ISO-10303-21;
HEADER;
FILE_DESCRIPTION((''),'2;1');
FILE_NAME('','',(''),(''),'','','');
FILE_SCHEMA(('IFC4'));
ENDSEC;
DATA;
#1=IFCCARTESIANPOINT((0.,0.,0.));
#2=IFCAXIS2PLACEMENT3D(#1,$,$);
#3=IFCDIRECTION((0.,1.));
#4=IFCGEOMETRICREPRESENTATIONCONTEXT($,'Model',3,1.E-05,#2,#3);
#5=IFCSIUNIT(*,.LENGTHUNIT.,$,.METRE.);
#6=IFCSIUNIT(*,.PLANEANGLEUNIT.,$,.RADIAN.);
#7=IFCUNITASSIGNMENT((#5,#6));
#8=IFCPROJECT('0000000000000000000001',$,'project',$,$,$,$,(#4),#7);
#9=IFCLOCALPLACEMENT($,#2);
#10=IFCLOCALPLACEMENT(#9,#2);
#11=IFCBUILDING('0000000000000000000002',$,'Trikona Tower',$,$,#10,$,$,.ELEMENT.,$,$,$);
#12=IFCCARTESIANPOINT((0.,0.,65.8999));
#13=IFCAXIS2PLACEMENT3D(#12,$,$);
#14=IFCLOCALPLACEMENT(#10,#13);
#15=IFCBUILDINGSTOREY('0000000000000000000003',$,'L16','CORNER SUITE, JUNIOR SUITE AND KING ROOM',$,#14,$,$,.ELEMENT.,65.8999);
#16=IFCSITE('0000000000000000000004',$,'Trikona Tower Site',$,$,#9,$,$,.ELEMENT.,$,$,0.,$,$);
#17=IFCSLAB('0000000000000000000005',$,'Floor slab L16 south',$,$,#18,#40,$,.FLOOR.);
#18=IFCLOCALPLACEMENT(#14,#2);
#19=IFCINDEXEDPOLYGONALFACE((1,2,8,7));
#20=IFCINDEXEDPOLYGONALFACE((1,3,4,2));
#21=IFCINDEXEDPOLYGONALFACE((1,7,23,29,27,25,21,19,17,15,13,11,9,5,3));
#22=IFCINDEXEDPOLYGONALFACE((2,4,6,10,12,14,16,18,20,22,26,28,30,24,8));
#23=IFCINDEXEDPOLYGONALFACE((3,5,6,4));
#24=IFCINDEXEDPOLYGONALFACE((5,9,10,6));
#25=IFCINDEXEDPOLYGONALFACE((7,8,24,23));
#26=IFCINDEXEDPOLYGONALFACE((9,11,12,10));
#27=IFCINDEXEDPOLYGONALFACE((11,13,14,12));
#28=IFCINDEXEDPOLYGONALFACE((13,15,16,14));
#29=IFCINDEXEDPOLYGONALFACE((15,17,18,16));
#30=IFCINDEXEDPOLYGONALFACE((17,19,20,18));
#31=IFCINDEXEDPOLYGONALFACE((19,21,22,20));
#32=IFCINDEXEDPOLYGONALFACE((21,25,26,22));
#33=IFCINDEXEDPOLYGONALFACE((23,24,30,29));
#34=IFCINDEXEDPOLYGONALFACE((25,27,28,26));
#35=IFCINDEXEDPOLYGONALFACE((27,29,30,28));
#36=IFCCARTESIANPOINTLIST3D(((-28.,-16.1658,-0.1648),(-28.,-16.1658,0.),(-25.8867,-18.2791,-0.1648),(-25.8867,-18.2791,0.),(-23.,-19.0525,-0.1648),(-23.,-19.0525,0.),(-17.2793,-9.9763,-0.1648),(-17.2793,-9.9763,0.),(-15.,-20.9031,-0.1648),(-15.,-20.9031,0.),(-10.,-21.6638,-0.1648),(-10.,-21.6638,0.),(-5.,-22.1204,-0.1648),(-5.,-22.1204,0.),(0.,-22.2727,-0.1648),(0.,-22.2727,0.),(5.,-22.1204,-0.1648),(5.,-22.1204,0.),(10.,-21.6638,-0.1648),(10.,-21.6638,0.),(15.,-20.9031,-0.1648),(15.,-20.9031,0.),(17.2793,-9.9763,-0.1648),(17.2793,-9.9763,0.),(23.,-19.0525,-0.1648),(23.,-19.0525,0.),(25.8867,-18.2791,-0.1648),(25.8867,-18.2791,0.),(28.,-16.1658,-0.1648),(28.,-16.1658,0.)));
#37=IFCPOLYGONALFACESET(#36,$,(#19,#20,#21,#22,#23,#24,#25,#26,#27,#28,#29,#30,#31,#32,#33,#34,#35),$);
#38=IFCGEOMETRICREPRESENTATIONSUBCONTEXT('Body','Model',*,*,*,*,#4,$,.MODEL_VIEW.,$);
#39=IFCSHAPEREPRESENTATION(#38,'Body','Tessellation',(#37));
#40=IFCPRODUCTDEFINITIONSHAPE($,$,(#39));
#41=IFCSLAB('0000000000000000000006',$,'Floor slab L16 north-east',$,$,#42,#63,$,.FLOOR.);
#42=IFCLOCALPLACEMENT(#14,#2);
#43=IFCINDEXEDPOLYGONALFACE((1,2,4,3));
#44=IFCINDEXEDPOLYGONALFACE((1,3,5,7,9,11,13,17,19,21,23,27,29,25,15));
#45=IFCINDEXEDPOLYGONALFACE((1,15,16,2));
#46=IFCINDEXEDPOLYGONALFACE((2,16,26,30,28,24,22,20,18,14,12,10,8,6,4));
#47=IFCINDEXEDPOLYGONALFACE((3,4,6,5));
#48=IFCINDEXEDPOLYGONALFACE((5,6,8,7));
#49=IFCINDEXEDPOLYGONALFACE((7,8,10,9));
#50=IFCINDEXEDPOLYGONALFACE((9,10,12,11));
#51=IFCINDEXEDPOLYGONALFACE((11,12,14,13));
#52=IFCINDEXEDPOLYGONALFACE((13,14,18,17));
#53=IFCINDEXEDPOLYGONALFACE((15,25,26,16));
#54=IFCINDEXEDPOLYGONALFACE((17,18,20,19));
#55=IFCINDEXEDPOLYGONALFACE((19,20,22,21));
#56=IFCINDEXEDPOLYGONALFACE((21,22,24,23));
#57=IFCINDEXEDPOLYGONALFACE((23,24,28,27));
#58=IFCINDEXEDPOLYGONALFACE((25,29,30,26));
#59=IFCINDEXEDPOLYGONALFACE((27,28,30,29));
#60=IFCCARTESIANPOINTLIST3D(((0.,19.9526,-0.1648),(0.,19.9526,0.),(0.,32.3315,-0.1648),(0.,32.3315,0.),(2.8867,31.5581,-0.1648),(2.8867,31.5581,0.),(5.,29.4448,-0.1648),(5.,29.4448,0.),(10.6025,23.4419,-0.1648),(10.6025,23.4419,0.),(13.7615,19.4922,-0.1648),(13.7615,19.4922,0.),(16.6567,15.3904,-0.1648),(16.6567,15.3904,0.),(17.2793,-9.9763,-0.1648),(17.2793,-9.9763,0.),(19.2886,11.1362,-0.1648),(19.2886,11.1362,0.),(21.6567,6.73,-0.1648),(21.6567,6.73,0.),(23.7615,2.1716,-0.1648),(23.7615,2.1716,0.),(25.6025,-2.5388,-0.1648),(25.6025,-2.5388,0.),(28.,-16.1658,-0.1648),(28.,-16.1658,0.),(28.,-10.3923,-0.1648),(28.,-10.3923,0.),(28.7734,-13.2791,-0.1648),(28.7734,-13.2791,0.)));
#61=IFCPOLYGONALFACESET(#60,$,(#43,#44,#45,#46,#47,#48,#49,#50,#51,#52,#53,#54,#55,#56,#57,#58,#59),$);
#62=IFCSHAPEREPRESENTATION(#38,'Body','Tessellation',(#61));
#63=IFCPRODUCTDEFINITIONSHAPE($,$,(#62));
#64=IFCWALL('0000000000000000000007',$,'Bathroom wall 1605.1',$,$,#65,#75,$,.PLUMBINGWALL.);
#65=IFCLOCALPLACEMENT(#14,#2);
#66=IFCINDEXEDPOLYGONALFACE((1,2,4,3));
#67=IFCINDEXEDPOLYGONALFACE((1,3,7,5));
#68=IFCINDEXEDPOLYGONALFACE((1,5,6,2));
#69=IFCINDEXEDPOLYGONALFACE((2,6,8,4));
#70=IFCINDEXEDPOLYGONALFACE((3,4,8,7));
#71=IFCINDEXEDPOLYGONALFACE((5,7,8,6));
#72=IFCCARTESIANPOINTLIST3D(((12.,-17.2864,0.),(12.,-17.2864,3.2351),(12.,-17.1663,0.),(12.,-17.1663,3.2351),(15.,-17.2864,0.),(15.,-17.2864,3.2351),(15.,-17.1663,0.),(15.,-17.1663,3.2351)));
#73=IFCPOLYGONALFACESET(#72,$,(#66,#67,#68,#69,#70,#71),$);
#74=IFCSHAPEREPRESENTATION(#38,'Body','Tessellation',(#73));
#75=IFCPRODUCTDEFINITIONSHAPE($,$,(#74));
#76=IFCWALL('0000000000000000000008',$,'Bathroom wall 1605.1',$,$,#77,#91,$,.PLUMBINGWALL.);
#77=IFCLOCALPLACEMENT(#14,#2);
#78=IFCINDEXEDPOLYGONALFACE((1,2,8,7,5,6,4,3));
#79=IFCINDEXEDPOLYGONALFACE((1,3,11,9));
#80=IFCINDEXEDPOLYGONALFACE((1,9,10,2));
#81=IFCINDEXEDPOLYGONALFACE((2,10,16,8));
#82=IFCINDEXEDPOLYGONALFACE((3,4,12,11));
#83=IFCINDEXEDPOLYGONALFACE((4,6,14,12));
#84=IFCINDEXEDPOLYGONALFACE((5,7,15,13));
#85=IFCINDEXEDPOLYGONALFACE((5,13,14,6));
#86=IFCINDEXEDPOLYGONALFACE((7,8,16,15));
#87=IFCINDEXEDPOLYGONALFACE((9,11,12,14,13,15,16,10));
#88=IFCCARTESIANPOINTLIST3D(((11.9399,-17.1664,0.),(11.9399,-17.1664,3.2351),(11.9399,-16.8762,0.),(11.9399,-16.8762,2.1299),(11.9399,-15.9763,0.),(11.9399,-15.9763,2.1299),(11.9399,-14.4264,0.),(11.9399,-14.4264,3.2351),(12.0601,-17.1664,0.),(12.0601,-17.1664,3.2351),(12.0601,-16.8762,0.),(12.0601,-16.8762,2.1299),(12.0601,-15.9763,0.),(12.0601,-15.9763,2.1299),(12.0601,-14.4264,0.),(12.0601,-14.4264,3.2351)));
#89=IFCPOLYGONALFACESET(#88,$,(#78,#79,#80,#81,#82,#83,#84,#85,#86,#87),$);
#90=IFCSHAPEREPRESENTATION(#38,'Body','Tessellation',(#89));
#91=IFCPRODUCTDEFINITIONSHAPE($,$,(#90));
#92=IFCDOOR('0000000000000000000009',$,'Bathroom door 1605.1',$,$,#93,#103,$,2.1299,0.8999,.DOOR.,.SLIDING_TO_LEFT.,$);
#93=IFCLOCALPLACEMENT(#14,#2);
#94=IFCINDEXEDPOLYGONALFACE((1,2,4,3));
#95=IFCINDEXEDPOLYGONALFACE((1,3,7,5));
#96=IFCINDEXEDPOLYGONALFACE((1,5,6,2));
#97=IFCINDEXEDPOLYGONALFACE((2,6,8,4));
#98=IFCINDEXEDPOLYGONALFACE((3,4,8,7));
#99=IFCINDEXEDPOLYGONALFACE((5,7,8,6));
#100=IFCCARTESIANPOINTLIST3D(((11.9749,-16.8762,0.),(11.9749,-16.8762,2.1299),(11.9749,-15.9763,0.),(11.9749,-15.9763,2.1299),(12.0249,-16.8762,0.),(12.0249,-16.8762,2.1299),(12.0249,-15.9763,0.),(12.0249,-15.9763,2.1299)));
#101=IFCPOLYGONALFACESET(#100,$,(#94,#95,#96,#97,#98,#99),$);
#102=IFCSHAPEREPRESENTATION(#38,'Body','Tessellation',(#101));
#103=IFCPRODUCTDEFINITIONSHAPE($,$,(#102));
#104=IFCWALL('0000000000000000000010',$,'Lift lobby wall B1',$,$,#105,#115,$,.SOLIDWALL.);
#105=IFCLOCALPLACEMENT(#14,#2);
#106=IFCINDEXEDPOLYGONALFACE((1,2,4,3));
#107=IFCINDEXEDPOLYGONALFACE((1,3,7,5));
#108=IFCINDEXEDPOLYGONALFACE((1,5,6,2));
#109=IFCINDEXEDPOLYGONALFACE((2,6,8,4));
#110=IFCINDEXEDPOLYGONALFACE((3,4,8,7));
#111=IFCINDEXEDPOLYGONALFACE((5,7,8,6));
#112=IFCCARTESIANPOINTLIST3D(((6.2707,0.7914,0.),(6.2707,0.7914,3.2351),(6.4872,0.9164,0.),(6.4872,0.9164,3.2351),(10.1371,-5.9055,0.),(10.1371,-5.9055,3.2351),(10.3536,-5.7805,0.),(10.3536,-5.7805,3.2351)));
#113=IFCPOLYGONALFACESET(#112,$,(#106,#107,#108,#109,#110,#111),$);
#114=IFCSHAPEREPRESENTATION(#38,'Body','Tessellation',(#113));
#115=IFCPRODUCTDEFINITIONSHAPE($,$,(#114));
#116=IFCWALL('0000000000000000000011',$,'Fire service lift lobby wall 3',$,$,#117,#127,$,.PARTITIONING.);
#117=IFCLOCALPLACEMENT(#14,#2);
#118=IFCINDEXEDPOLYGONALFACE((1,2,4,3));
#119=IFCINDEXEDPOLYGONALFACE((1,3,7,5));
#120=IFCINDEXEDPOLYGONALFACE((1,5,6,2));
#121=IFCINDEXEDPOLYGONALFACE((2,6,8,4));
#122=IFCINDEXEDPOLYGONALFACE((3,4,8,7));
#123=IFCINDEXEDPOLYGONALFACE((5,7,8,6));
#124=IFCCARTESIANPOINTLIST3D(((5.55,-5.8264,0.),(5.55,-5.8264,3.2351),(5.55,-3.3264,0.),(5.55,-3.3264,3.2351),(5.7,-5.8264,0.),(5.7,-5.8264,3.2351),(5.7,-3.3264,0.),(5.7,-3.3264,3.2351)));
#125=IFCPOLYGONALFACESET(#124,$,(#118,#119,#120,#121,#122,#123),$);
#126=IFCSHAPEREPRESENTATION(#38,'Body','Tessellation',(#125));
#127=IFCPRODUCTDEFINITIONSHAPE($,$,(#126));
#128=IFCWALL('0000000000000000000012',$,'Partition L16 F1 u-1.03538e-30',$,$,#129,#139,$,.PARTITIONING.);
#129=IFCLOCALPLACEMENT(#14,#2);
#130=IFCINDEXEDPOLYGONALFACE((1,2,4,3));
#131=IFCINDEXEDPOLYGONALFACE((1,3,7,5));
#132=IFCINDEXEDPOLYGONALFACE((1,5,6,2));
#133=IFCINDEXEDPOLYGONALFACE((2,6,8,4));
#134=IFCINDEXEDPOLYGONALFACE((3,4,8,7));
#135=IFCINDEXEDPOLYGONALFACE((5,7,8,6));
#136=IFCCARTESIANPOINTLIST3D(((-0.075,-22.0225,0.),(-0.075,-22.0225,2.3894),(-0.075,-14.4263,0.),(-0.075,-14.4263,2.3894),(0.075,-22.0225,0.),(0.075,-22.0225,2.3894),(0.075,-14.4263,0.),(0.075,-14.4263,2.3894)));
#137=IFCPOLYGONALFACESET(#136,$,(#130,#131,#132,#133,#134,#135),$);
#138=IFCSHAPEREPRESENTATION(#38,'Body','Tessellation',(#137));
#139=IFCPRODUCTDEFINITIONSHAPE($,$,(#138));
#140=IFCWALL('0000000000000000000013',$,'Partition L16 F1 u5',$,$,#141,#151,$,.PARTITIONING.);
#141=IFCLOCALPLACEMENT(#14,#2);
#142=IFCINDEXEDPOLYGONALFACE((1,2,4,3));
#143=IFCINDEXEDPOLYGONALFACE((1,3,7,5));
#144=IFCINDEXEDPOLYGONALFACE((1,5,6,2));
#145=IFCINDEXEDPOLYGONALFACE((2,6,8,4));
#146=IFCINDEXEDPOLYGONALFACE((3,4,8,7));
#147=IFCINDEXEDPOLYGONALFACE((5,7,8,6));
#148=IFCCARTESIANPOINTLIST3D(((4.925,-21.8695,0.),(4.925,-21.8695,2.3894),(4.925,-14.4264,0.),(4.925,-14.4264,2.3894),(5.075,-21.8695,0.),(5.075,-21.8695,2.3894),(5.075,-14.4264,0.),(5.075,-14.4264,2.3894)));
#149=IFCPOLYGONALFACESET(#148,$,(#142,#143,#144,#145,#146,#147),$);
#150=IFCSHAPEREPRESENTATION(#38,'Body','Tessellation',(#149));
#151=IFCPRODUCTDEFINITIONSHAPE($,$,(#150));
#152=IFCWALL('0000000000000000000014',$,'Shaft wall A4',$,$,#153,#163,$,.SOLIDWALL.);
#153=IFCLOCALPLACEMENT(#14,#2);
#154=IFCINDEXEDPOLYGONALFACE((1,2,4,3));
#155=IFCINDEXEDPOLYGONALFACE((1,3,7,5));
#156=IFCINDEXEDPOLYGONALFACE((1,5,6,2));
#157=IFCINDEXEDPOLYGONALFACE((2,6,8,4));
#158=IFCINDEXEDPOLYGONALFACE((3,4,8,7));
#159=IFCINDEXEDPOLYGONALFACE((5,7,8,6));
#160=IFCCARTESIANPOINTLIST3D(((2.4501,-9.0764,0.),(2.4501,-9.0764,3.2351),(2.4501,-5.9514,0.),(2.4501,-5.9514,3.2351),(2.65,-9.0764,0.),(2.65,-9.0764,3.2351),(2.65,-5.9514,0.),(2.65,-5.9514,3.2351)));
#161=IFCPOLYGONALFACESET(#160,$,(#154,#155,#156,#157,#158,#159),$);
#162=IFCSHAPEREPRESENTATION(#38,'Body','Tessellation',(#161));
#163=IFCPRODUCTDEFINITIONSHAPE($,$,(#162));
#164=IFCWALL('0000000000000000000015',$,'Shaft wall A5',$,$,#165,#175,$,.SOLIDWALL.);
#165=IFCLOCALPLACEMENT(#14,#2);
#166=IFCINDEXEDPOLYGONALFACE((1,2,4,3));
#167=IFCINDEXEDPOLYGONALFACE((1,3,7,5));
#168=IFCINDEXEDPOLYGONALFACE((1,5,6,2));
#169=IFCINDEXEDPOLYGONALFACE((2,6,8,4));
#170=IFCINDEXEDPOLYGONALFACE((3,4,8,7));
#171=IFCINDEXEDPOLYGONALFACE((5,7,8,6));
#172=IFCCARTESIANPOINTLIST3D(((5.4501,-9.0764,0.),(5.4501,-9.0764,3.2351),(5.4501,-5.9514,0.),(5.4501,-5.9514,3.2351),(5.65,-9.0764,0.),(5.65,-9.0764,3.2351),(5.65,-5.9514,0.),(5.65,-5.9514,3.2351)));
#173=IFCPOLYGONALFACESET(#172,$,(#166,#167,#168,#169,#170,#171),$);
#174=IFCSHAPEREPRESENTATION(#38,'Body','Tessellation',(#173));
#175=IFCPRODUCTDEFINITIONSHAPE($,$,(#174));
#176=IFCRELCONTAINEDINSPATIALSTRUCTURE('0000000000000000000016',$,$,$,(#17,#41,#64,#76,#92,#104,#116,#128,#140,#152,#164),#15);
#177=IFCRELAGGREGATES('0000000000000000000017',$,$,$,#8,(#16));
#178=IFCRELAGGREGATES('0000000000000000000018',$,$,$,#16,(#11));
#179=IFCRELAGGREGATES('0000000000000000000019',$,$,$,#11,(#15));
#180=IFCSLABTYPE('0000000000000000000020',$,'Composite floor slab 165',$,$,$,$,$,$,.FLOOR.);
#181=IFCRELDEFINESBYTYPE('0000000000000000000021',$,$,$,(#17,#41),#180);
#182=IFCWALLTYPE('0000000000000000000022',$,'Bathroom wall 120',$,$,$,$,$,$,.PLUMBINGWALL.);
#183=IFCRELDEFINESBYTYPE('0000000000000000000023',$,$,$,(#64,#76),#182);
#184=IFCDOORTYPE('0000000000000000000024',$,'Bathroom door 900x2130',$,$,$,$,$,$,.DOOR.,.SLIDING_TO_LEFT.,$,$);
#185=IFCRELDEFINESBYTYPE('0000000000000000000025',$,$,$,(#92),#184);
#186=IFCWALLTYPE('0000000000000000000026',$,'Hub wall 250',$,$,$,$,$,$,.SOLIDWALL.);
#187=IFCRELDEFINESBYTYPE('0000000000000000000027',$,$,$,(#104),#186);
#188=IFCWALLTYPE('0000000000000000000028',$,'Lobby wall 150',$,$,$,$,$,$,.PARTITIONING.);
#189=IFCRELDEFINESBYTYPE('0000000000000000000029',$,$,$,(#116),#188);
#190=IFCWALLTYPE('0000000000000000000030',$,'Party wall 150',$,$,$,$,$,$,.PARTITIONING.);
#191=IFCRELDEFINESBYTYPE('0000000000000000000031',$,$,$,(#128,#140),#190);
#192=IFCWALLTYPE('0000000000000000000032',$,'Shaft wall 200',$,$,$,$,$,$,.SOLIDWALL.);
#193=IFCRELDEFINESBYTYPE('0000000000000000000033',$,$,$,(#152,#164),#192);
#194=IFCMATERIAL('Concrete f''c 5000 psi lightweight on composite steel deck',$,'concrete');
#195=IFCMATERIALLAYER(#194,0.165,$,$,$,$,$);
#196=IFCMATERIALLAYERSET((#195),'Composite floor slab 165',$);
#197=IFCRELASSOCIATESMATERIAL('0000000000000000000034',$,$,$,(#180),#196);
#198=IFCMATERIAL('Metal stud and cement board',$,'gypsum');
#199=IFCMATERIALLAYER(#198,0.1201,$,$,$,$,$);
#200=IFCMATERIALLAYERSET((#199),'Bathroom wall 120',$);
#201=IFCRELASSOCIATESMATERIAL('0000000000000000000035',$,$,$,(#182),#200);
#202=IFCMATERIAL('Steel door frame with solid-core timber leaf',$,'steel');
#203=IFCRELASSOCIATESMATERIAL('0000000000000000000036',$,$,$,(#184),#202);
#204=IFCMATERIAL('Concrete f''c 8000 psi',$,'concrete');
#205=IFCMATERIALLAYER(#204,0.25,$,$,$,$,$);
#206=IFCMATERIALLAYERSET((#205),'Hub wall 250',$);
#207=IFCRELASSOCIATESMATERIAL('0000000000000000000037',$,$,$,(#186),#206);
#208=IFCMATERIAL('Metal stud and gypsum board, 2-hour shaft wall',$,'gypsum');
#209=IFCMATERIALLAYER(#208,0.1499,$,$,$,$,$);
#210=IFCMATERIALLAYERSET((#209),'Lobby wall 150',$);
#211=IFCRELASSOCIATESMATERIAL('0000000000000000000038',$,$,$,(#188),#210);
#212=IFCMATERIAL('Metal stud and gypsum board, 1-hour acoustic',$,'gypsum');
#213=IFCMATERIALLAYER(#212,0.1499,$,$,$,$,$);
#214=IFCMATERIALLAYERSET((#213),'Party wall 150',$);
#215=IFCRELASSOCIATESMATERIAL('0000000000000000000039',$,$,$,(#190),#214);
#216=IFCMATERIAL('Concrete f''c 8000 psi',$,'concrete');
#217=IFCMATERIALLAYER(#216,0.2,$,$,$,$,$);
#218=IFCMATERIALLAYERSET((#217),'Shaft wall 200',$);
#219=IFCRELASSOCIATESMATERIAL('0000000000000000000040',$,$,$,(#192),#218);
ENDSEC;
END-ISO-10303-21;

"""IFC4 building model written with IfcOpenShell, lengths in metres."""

from ifc_helpers import new_model, si_unit, direction, frame, frame_2d, origin, place, context, subcontext, project, spatial, polyline, rectangle, outline, extrude, material, layer, layer_set, type_object, element, fill, save


model = new_model("IFC4")

# Units and contexts
model_context = context("Model", 3, precision=1e-05, world=origin(), true_north=direction((0.0, 1.0)))
body_context = subcontext(model_context, "Body", "Model", "MODEL_VIEW")
ifc_project = project(units=[si_unit("LENGTHUNIT", "METRE"), si_unit("PLANEANGLEUNIT", "RADIAN")], contexts=[model_context])

# Site, building, storey
site_placement = place(None, origin())
site = spatial("IfcSite", under=ifc_project, at=site_placement, Name="Trikona Tower Site", CompositionType="ELEMENT", RefElevation=0.0)
building_placement = place(site_placement, origin())
building = spatial("IfcBuilding", under=site, at=building_placement, Name="Trikona Tower", CompositionType="ELEMENT")
storey_placement = place(building_placement, frame((0.0, 0.0, 65.8999)))
storey = spatial("IfcBuildingStorey", under=building, at=storey_placement, Name="L16", Description="CORNER SUITE, JUNIOR SUITE AND KING ROOM", CompositionType="ELEMENT", Elevation=65.8999)

# Slabs
ifc_material_1 = material(Name="Concrete f'c 5000 psi lightweight on composite steel deck", Category="concrete")
ifc_layer_1 = layer(ifc_material_1, 0.165)
ifc_layer_set_1 = layer_set([ifc_layer_1], Name="Composite floor slab 165")
slab_type = type_object("IfcSlabType", Name="Composite floor slab 165", PredefinedType="FLOOR", material=ifc_layer_set_1)
slab_1_placement = place(storey_placement, frame((0.0, 0.0, -0.1648)))
element("IfcSlab", 1, at=slab_1_placement, inside=storey, type_object=slab_type, Name="Floor slab L16 south", PredefinedType="FLOOR", context=body_context, shape_type="SweptSolid", body=[
    extrude(outline(polyline([(25.8867, -18.2791), (28.0, -16.1658), (17.2793, -9.9763), (-17.2793, -9.9763), (-28.0, -16.1658), (-25.8867, -18.2791), (-23.0, -19.0525), (-15.0, -20.9031), (-10.0, -21.6638), (-5.0, -22.1204), (0.0, -22.2727), (5.0, -22.1204), (10.0, -21.6638), (15.0, -20.9031), (23.0, -19.0525), (25.8867, -18.2791)])), origin(), (0.0, 0.0, 1.0), 0.1648),
])
slab_2_placement = place(storey_placement, frame((0.0, 0.0, -0.1648)))
element("IfcSlab", 2, at=slab_2_placement, inside=storey, type_object=slab_type, Name="Floor slab L16 north-east", PredefinedType="FLOOR", context=body_context, shape_type="SweptSolid", body=[
    extrude(outline(polyline([(2.8867, 31.5581), (0.0, 32.3315), (0.0, 19.9526), (17.2793, -9.9763), (28.0, -16.1658), (28.7734, -13.2791), (28.0, -10.3923), (25.6025, -2.5388), (23.7615, 2.1716), (21.6567, 6.73), (19.2886, 11.1362), (16.6567, 15.3904), (13.7615, 19.4922), (10.6025, 23.4419), (5.0, 29.4448), (2.8867, 31.5581)])), origin(), (0.0, 0.0, 1.0), 0.1648),
])

# Wall
ifc_material_2 = material(Name="Metal stud and cement board", Category="gypsum")
ifc_layer_2 = layer(ifc_material_2, 0.1201)
ifc_layer_set_2 = layer_set([ifc_layer_2], Name="Bathroom wall 120")
wall_type_1 = type_object("IfcWallType", Name="Bathroom wall 120", PredefinedType="PLUMBINGWALL", material=ifc_layer_set_2)
wall_1_placement = place(storey_placement, frame((12.0, -17.2263, 0.0), z_axis=(0.0, 0.0, 1.0), x_axis=(1.0, 0.0, 0.0)))
element("IfcWall", 3, at=wall_1_placement, inside=storey, type_object=wall_type_1, Name="Bathroom wall 1605.1", PredefinedType="PLUMBINGWALL", context=body_context, shape_type="SweptSolid", body=[
    extrude(rectangle(XDim=3.0, YDim=0.1201, at=frame_2d((1.5, 0.0))), origin(), (0.0, 0.0, 1.0), 3.2351),
])

# Wall, opening, door
wall_2_placement = place(storey_placement, frame((12.0, -14.4263, 0.0), z_axis=(0.0, 0.0, 1.0), x_axis=(0.0, -1.0, 0.0)))
wall_2 = element("IfcWall", 4, at=wall_2_placement, inside=storey, type_object=wall_type_1, Name="Bathroom wall 1605.1", PredefinedType="PLUMBINGWALL", context=body_context, shape_type="SweptSolid", body=[
    extrude(rectangle(XDim=2.74, YDim=0.1201, at=frame_2d((1.3701, 0.0))), origin(), (0.0, 0.0, 1.0), 3.2351),
])
opening_1_placement = place(wall_2_placement, frame((1.55, 0.0, 0.0)))
opening_1 = element("IfcOpeningElement", 5, at=opening_1_placement, cuts=wall_2, PredefinedType="OPENING", context=body_context, shape_type="SweptSolid", body=[
    extrude(rectangle(XDim=0.8999, YDim=2.1299, at=frame_2d((0.45, 1.0649))), frame((0.0, 0.0701, 0.0), z_axis=(0.0, -1.0, 0.0), x_axis=(1.0, 0.0, 0.0)), (0.0, 0.0, 1.0), 0.1401),
])
ifc_material_3 = material(Name="Steel door frame with solid-core timber leaf", Category="steel")
door_type_1 = type_object("IfcDoorType", Name="Bathroom door 900x2130", OperationType="SLIDING_TO_LEFT", PredefinedType="DOOR", material=ifc_material_3)
door_1_placement = place(opening_1_placement, origin())
door_1 = element("IfcDoor", 6, at=door_1_placement, inside=storey, type_object=door_type_1, Name="Bathroom door 1605.1", OperationType="SLIDING_TO_LEFT", OverallHeight=2.1299, OverallWidth=0.8999, PredefinedType="DOOR", context=body_context, shape_type="SweptSolid", body=[
    extrude(rectangle(XDim=0.8999, YDim=2.1299, at=frame_2d((0.45, 1.0649))), frame((0.0, 0.0249, 0.0), z_axis=(0.0, -1.0, 0.0), x_axis=(1.0, 0.0, 0.0)), (0.0, 0.0, 1.0), 0.05),
])
fill(opening_1, door_1)

# Walls
ifc_material_4 = material(Name="Concrete f'c 8000 psi", Category="concrete")
ifc_layer_3 = layer(ifc_material_4, 0.25)
ifc_layer_set_3 = layer_set([ifc_layer_3], Name="Hub wall 250")
wall_type_2 = type_object("IfcWallType", Name="Hub wall 250", PredefinedType="SOLIDWALL", material=ifc_layer_set_3)
wall_3_placement = place(storey_placement, frame((10.2454, -5.843, 0.0), z_axis=(0.0, 0.0, 1.0), x_axis=(-0.499993, 0.866029, 0.0)))
element("IfcWall", 7, at=wall_3_placement, inside=storey, type_object=wall_type_2, Name="Lift lobby wall B1", PredefinedType="SOLIDWALL", context=body_context, shape_type="SweptSolid", body=[
    extrude(rectangle(XDim=7.7329, YDim=0.25, at=frame_2d((3.8665, 0.0))), origin(), (0.0, 0.0, 1.0), 3.2351),
])
ifc_material_5 = material(Name="Metal stud and gypsum board, 2-hour shaft wall", Category="gypsum")
ifc_layer_4 = layer(ifc_material_5, 0.1499)
ifc_layer_set_4 = layer_set([ifc_layer_4], Name="Lobby wall 150")
wall_type_3 = type_object("IfcWallType", Name="Lobby wall 150", PredefinedType="PARTITIONING", material=ifc_layer_set_4)
wall_4_placement = place(storey_placement, frame((5.625, -5.8264, 0.0), z_axis=(0.0, 0.0, 1.0), x_axis=(0.0, 1.0, 0.0)))
element("IfcWall", 8, at=wall_4_placement, inside=storey, type_object=wall_type_3, Name="Fire service lift lobby wall 3", PredefinedType="PARTITIONING", context=body_context, shape_type="SweptSolid", body=[
    extrude(rectangle(XDim=2.5, YDim=0.1499, at=frame_2d((1.25, 0.0))), origin(), (0.0, 0.0, 1.0), 3.2351),
])
ifc_material_6 = material(Name="Metal stud and gypsum board, 1-hour acoustic", Category="gypsum")
ifc_layer_5 = layer(ifc_material_6, 0.1499)
ifc_layer_set_5 = layer_set([ifc_layer_5], Name="Party wall 150")
wall_type_4 = type_object("IfcWallType", Name="Party wall 150", PredefinedType="PARTITIONING", material=ifc_layer_set_5)
wall_5_placement = place(storey_placement, frame((0.0, -14.4263, 0.0), z_axis=(0.0, 0.0, 1.0), x_axis=(0.0, -1.0, 0.0)))
element("IfcWall", 9, at=wall_5_placement, inside=storey, type_object=wall_type_4, Name="Partition L16 F1 u-1.03538e-30", PredefinedType="PARTITIONING", context=body_context, shape_type="SweptSolid", body=[
    extrude(rectangle(XDim=7.5962, YDim=0.1499, at=frame_2d((3.7981, 0.0))), origin(), (0.0, 0.0, 1.0), 2.3894),
])
wall_6_placement = place(storey_placement, frame((5.0, -14.4263, 0.0), z_axis=(0.0, 0.0, 1.0), x_axis=(0.0, -1.0, 0.0)))
element("IfcWall", 10, at=wall_6_placement, inside=storey, type_object=wall_type_4, Name="Partition L16 F1 u5", PredefinedType="PARTITIONING", context=body_context, shape_type="SweptSolid", body=[
    extrude(rectangle(XDim=7.4431, YDim=0.1499, at=frame_2d((3.7217, 0.0))), origin(), (0.0, 0.0, 1.0), 2.3894),
])
ifc_material_7 = material(Name="Concrete f'c 8000 psi", Category="concrete")
ifc_layer_6 = layer(ifc_material_7, 0.2)
ifc_layer_set_6 = layer_set([ifc_layer_6], Name="Shaft wall 200")
wall_type_5 = type_object("IfcWallType", Name="Shaft wall 200", PredefinedType="SOLIDWALL", material=ifc_layer_set_6)
for number, where, z_axis, x_axis, name in (
    (11, (2.55, -5.9514, 0.0), (0.0, 0.0, 1.0), (0.0, -1.0, 0.0), "Shaft wall A4"),
    (12, (5.55, -5.9514, 0.0), (0.0, 0.0, 1.0), (0.0, -1.0, 0.0), "Shaft wall A5"),
):
    element("IfcWall", number, at=place(storey_placement, frame(where, z_axis=z_axis, x_axis=x_axis)), inside=storey, type_object=wall_type_5, Name=name, PredefinedType="SOLIDWALL", context=body_context, shape_type="SweptSolid", body=[
        extrude(rectangle(XDim=3.125, YDim=0.2, at=frame_2d((1.5625, 0.0))), origin(), (0.0, 0.0, 1.0), 3.2351),
    ])

save(model, "model.ifc")
